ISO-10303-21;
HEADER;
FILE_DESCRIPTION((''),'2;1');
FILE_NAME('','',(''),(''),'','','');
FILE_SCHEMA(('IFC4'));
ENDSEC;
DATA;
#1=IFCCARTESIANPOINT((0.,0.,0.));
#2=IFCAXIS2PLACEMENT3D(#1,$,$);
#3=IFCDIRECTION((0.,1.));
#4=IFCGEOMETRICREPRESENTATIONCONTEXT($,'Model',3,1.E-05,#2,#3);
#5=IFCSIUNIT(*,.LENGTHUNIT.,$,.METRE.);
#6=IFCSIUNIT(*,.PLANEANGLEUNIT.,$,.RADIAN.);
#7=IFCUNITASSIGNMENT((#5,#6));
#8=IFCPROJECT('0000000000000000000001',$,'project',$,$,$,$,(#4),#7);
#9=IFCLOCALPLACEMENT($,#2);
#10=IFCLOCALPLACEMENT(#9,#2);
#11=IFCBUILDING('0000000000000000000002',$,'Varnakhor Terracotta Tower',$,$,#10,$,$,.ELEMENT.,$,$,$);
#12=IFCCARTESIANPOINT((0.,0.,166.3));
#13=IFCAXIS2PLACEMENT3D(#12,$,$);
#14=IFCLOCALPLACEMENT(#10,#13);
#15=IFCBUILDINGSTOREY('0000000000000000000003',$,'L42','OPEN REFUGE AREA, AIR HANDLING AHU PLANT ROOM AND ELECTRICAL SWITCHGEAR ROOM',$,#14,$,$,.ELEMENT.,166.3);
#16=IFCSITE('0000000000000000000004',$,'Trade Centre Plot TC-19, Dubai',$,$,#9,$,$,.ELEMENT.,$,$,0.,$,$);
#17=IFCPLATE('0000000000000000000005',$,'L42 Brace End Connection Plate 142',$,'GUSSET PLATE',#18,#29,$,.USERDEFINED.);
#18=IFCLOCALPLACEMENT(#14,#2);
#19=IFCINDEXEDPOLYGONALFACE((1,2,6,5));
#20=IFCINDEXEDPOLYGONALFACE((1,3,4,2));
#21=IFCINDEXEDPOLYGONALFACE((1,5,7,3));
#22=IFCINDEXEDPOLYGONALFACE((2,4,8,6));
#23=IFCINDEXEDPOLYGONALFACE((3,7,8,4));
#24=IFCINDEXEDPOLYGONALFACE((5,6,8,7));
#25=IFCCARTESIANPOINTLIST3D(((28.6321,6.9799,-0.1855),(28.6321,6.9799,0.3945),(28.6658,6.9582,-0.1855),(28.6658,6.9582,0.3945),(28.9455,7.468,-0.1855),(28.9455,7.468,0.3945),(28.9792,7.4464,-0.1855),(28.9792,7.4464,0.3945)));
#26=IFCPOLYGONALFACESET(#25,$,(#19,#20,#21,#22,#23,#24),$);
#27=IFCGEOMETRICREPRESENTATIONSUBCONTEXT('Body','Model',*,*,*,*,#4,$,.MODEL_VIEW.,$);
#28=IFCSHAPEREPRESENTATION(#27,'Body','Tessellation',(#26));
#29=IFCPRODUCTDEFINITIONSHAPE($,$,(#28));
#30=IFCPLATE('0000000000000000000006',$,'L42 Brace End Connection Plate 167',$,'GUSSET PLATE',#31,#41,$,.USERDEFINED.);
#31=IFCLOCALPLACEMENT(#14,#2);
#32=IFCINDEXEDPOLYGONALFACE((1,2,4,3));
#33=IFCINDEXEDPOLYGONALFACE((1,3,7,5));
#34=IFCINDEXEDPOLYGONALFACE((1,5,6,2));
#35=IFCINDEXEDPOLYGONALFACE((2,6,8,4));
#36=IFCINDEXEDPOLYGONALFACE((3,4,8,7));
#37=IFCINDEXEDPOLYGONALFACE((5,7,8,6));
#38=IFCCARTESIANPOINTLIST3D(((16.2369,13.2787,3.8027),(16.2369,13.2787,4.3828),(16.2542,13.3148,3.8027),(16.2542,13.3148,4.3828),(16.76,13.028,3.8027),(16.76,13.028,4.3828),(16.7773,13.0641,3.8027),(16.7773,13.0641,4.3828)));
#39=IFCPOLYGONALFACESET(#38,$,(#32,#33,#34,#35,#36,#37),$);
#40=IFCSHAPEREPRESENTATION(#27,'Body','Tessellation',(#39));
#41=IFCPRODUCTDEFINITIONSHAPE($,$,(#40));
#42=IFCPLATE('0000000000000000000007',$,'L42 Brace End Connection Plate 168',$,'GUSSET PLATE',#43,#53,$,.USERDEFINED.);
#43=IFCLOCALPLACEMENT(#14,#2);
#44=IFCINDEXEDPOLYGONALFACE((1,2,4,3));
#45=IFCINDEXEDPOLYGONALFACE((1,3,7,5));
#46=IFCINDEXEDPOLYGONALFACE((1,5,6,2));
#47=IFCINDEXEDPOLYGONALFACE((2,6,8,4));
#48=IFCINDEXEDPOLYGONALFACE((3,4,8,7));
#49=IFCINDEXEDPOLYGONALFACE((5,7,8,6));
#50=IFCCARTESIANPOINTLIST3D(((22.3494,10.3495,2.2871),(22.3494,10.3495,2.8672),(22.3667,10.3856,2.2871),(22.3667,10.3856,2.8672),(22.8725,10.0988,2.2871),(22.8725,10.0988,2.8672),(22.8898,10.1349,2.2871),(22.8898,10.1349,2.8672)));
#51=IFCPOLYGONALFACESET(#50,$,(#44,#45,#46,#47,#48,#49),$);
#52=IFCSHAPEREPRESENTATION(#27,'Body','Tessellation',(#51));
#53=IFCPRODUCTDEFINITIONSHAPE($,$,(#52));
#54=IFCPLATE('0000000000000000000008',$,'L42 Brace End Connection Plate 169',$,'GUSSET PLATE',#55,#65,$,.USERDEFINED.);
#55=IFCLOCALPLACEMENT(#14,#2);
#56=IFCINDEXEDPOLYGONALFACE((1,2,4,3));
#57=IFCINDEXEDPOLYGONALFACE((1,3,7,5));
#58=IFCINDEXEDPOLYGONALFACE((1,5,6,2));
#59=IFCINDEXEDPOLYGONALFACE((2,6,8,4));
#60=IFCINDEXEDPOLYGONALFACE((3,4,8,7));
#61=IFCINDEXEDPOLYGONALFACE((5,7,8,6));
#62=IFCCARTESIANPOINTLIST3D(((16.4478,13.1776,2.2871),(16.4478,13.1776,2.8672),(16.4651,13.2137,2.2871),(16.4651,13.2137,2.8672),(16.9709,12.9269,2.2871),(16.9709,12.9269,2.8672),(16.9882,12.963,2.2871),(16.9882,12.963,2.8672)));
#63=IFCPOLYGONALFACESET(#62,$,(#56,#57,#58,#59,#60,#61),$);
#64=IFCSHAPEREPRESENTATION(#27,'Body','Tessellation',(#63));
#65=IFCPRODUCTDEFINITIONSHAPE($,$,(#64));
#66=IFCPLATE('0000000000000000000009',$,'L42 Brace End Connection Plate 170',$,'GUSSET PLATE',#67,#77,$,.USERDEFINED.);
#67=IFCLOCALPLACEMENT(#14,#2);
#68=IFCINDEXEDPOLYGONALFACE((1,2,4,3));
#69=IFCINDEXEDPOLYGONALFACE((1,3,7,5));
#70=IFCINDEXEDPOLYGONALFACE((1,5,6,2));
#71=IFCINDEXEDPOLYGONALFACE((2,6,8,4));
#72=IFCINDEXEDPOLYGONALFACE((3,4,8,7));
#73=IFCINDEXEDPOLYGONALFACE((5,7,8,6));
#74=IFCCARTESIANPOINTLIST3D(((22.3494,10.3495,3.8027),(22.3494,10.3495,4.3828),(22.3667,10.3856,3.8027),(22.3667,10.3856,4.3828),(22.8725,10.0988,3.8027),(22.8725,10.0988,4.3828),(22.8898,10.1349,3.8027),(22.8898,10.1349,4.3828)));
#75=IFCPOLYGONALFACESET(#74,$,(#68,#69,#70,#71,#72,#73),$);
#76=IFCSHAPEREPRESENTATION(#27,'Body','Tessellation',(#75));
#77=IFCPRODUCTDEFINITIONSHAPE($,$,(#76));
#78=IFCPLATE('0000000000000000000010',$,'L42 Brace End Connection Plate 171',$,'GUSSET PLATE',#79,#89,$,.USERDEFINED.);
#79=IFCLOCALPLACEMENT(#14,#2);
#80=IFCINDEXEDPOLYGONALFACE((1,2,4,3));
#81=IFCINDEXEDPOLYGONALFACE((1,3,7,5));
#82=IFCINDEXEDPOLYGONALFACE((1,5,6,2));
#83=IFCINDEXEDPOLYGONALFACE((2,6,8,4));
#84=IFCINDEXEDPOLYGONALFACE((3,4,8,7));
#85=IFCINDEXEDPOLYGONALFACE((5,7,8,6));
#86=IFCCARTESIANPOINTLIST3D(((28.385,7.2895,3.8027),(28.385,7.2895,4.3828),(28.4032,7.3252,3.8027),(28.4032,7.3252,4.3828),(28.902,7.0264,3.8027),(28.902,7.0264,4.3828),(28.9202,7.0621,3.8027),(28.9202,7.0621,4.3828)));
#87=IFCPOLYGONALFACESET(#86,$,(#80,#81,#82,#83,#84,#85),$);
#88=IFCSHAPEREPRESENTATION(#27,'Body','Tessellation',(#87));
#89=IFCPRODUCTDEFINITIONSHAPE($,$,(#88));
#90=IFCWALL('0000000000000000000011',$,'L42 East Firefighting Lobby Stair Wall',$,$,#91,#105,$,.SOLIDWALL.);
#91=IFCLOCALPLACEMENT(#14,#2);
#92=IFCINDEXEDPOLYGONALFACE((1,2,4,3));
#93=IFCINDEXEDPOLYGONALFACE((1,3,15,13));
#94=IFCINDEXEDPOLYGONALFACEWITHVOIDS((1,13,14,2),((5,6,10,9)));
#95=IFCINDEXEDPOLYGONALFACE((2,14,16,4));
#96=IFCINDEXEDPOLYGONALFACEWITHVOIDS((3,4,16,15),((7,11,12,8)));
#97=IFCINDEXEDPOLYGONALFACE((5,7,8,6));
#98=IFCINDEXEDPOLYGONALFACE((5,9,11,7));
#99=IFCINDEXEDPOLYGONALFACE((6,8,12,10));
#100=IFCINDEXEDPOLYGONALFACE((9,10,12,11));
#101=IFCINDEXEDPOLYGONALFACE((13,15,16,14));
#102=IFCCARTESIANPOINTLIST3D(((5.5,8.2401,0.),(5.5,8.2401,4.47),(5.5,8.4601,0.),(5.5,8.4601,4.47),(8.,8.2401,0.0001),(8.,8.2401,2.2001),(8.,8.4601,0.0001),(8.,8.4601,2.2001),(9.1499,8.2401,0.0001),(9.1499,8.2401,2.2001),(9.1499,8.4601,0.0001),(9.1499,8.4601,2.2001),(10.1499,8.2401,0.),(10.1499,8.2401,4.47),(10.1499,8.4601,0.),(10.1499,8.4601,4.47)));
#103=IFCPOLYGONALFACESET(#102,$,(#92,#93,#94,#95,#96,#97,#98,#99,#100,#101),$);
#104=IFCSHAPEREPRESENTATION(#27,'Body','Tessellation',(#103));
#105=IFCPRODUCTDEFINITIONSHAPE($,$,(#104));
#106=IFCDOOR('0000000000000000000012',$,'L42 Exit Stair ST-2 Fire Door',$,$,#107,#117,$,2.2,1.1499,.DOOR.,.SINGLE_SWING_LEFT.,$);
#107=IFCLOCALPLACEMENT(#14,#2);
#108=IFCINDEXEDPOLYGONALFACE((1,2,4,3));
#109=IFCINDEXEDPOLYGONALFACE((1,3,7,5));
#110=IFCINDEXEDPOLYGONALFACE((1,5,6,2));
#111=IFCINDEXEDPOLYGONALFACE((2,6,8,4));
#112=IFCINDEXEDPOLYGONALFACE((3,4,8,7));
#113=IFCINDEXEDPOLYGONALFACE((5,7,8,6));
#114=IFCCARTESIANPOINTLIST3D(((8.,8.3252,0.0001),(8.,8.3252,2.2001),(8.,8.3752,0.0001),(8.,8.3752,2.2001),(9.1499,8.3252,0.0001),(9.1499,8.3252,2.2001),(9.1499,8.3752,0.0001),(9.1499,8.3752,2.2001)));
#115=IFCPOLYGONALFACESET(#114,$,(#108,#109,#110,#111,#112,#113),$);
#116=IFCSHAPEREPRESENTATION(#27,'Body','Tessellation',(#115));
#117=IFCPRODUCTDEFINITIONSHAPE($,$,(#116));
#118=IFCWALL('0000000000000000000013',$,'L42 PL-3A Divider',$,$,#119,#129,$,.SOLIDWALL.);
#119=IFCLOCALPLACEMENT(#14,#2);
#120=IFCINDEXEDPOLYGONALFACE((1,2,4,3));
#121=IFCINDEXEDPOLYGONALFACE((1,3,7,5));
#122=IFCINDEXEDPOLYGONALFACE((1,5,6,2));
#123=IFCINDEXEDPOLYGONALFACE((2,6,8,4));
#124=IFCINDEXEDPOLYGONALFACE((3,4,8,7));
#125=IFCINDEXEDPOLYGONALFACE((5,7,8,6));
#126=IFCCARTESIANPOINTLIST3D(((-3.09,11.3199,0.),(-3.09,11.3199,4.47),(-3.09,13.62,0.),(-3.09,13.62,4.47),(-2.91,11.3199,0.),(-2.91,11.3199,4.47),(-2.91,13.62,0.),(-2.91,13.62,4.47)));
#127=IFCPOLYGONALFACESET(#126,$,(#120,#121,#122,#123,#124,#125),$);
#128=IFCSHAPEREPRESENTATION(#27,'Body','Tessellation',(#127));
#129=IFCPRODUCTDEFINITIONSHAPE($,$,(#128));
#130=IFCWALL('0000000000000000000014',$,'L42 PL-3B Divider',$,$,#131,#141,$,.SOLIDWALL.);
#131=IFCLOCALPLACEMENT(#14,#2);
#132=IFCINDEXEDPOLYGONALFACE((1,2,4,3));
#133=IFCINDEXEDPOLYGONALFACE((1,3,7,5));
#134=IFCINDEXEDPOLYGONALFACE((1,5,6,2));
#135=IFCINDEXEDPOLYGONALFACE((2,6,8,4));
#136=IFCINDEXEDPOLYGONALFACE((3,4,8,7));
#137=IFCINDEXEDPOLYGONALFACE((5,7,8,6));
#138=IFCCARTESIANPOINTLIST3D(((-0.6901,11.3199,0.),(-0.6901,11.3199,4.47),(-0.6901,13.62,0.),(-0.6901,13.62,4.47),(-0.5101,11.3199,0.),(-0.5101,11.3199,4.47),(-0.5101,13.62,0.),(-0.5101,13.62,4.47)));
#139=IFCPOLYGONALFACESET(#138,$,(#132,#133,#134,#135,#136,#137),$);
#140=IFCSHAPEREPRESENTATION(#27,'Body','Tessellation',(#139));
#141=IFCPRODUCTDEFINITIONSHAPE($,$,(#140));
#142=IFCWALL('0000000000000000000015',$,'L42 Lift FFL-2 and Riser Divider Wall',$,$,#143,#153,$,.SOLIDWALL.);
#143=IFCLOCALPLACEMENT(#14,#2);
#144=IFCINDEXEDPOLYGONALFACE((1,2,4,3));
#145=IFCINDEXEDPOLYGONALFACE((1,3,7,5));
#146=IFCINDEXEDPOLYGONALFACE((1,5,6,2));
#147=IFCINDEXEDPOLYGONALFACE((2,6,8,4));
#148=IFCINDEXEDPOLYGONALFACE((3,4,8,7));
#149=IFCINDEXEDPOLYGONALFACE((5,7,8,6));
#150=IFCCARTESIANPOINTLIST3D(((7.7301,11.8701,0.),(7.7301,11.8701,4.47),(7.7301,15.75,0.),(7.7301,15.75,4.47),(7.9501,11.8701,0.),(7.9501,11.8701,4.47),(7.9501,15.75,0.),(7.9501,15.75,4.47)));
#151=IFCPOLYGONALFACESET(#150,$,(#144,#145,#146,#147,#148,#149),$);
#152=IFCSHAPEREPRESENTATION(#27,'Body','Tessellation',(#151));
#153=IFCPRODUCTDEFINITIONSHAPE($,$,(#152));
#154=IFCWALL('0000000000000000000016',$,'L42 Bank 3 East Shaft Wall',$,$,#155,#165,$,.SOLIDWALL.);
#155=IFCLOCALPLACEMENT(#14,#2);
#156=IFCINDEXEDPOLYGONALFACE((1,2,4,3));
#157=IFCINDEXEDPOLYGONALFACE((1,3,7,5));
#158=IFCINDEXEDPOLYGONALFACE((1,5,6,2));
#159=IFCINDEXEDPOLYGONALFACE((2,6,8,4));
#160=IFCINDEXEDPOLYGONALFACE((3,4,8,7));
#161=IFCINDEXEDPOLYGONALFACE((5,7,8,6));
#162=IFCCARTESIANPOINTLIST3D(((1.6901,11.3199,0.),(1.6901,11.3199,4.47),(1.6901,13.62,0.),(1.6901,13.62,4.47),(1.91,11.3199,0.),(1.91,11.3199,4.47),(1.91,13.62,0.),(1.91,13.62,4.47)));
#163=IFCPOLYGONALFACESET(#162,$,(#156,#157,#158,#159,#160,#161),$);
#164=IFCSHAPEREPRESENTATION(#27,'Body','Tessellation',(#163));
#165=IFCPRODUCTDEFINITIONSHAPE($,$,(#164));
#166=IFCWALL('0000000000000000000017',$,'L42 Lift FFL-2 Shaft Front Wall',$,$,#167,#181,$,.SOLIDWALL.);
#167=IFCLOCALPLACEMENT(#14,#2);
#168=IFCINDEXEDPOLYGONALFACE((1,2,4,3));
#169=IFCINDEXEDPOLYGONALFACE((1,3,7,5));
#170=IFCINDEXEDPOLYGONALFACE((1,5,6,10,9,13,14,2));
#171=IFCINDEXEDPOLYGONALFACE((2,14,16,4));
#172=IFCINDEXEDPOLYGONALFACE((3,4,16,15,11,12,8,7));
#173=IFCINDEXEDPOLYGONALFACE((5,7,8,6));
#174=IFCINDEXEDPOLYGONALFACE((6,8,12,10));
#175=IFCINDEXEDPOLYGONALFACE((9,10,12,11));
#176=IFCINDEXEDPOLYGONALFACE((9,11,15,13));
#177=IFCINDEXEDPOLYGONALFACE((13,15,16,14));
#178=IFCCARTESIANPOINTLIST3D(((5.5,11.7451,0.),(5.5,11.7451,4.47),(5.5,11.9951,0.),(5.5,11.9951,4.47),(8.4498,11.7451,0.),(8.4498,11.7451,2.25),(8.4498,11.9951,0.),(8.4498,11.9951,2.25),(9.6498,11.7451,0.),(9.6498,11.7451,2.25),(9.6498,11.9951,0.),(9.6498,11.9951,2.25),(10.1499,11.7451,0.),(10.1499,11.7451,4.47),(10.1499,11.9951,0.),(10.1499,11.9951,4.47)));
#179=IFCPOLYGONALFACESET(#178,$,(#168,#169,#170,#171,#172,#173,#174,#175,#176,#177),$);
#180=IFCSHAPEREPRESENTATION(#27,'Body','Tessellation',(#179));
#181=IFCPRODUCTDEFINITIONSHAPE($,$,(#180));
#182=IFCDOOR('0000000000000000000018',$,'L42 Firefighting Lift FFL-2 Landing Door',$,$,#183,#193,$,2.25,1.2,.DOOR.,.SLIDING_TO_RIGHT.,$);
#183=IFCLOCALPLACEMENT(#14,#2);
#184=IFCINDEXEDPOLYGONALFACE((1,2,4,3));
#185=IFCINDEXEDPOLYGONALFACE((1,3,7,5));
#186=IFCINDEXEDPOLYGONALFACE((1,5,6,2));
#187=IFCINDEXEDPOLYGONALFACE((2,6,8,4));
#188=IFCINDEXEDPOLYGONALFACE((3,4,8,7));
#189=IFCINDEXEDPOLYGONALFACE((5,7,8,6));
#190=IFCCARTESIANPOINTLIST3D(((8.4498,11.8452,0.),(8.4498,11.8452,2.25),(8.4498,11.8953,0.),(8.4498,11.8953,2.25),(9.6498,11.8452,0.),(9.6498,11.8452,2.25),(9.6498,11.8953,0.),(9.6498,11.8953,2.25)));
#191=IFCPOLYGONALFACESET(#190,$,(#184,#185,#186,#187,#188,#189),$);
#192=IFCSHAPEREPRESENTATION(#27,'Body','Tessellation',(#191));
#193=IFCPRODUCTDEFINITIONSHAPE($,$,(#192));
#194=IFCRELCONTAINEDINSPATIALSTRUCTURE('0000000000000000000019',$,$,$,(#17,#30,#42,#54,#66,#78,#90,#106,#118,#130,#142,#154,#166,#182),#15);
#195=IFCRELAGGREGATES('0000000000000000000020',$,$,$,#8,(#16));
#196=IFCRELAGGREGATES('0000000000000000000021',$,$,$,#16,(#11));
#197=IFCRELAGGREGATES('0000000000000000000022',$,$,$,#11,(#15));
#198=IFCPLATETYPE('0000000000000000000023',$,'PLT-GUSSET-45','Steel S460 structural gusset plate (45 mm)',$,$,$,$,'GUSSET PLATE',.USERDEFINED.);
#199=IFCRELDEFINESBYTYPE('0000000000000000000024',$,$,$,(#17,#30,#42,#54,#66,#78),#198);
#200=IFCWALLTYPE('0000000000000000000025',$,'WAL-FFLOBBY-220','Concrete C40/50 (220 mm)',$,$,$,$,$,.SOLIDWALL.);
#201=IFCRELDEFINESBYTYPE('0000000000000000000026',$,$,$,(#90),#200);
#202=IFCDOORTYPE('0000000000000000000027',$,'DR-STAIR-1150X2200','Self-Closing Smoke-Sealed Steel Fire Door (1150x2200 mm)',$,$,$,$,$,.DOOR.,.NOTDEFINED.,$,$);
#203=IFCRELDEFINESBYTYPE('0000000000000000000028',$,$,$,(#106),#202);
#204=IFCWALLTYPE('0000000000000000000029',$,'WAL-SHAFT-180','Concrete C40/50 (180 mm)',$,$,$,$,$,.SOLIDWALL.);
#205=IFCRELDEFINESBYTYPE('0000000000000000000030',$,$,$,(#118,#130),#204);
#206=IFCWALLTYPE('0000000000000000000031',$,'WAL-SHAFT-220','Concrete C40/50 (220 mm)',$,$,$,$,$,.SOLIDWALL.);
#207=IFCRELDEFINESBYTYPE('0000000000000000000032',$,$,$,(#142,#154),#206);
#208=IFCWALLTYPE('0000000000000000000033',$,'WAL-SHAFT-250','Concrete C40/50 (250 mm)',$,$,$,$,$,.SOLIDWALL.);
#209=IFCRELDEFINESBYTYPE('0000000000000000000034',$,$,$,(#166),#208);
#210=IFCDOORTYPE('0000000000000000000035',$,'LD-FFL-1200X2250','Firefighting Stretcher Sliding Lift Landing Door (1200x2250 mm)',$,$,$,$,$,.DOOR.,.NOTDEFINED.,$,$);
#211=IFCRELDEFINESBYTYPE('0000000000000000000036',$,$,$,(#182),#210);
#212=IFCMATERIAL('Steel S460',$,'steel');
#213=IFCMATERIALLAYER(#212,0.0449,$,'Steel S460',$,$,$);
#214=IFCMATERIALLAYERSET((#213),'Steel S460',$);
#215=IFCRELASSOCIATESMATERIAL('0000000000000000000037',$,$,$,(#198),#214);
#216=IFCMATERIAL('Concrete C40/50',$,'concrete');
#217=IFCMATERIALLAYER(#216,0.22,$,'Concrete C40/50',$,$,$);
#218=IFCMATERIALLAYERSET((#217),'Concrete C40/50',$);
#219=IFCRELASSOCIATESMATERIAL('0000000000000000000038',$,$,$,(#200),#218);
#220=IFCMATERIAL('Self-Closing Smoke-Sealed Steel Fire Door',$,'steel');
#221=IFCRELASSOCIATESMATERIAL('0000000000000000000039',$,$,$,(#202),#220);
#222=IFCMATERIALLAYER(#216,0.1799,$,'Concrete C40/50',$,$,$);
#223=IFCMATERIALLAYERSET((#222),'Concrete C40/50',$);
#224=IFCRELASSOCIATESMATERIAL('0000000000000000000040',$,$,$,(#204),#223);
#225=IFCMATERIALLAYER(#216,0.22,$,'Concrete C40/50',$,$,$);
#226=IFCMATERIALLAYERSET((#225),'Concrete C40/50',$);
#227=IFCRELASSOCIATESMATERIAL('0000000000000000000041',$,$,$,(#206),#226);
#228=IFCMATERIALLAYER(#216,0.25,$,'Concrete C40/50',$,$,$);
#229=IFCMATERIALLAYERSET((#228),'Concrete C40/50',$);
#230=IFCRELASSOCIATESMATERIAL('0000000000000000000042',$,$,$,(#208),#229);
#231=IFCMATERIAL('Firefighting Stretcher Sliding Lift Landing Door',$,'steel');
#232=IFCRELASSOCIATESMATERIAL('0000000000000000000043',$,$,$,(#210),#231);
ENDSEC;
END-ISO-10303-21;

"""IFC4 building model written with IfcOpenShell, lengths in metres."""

from ifc_helpers import new_model, si_unit, direction, frame, frame_2d, origin, origin_2d, place, context, subcontext, project, spatial, rectangle, extrude, source, transform, mapped, material, layer, layer_set, type_object, type_shapes, element, fill, save


model = new_model("IFC4")

# Units and contexts
model_context = context("Model", 3, precision=1e-05, world=origin(), true_north=direction((0.0, 1.0)))
body_context = subcontext(model_context, "Body", "Model", "MODEL_VIEW")
ifc_project = project(units=[si_unit("LENGTHUNIT", "METRE"), si_unit("PLANEANGLEUNIT", "RADIAN")], contexts=[model_context])

# Site, building, storey
site_placement = place(None, origin())
site = spatial("IfcSite", under=ifc_project, at=site_placement, Name="Trade Centre Plot TC-19, Dubai", CompositionType="ELEMENT", RefElevation=0.0)
building_placement = place(site_placement, origin())
building = spatial("IfcBuilding", under=site, at=building_placement, Name="Varnakhor Terracotta Tower", CompositionType="ELEMENT")
storey_placement = place(building_placement, frame((0.0, 0.0, 166.3)))
storey = spatial("IfcBuildingStorey", under=building, at=storey_placement, Name="L42", Description="OPEN REFUGE AREA, AIR HANDLING AHU PLANT ROOM AND ELECTRICAL SWITCHGEAR ROOM", CompositionType="ELEMENT", Elevation=166.3)

# Shared definitions
ifc_material_1 = material(Name="Steel S460", Category="steel")

# Plates
ifc_layer_1 = layer(ifc_material_1, 0.0449, Name="Steel S460")
ifc_layer_set_1 = layer_set([ifc_layer_1], Name="Steel S460")
plate_type_1 = type_object("IfcPlateType", Name="PLT-GUSSET-45", Description="Steel S460 structural gusset plate (45 mm)", ElementType="GUSSET PLATE", PredefinedType="USERDEFINED", material=ifc_layer_set_1)
shared_shape_1 = source(origin(), body_context, "Body", "SweptSolid", [
    extrude(rectangle(XDim=0.5801, YDim=0.04, at=origin_2d()), origin(), (0.0, 0.0, 1.0), 0.5801),
])
for number, where, z_axis, x_axis, name in (
    (1, (28.8057, 7.2131, -0.1855), (0.0, 0.0, 1.0), (-0.540182, -0.841548, 0.0), "L42 Brace End Connection Plate 142"),
    (2, (16.5071, 13.1714, 3.8027), (0.0, 0.0, 1.0), (0.901802, -0.432149, 0.0), "L42 Brace End Connection Plate 167"),
    (3, (22.6196, 10.2422, 2.2871), (0.0, 0.0, 1.0), (0.901802, -0.432149, 0.0), "L42 Brace End Connection Plate 168"),
    (4, (16.718, 13.0703, 2.2871), (0.0, 0.0, 1.0), (0.901802, -0.432149, 0.0), "L42 Brace End Connection Plate 169"),
    (5, (22.6196, 10.2422, 3.8027), (0.0, 0.0, 1.0), (0.90181, -0.432133, 0.0), "L42 Brace End Connection Plate 170"),
    (6, (28.6526, 7.1758, 3.8027), (0.0, 0.0, 1.0), (0.89126, -0.453493, 0.0), "L42 Brace End Connection Plate 171"),
):
    element("IfcPlate", number, at=place(storey_placement, frame(where, z_axis=z_axis, x_axis=x_axis)), inside=storey, type_object=plate_type_1, Name=name, ObjectType="GUSSET PLATE", PredefinedType="USERDEFINED", context=body_context, shape_type="MappedRepresentation", body=[
        mapped(shared_shape_1, transform((0.0, 0.0, 0.0), scale=1.0)),
    ])

# Wall, opening, door
ifc_material_2 = material(Name="Concrete C40/50", Category="concrete")
ifc_layer_2 = layer(ifc_material_2, 0.22, Name="Concrete C40/50")
ifc_layer_set_2 = layer_set([ifc_layer_2], Name="Concrete C40/50")
wall_type_1 = type_object("IfcWallType", Name="WAL-FFLOBBY-220", Description="Concrete C40/50 (220 mm)", PredefinedType="SOLIDWALL", material=ifc_layer_set_2)
wall_1_placement = place(storey_placement, frame((10.1499, 8.3501, 0.0), z_axis=(0.0, 0.0, 1.0), x_axis=(-1.0, 0.0, 0.0)))
wall_1 = element("IfcWall", 7, at=wall_1_placement, inside=storey, type_object=wall_type_1, Name="L42 East Firefighting Lobby Stair Wall", PredefinedType="SOLIDWALL", context=body_context, shape_type="SweptSolid", body=[
    extrude(rectangle(XDim=4.6499, YDim=0.22, at=frame_2d((2.325, 0.0))), origin(), (0.0, 0.0, 1.0), 4.47),
])
opening_1_placement = place(wall_1_placement, frame((1.0, 0.0, 0.0)))
opening_1 = element("IfcOpeningElement", 8, at=opening_1_placement, cuts=wall_1, PredefinedType="OPENING", context=body_context, shape_type="SweptSolid", body=[
    extrude(rectangle(XDim=1.1499, YDim=2.2, at=frame_2d((0.575, 1.1001))), frame((0.0, 0.1201, 0.0), z_axis=(0.0, -1.0, 0.0), x_axis=(1.0, 0.0, 0.0)), (0.0, 0.0, 1.0), 0.24),
])
ifc_material_3 = material(Name="Self-Closing Smoke-Sealed Steel Fire Door", Category="steel")
door_type_1 = type_object("IfcDoorType", Name="DR-STAIR-1150X2200", Description="Self-Closing Smoke-Sealed Steel Fire Door (1150x2200 mm)", OperationType="NOTDEFINED", PredefinedType="DOOR", material=ifc_material_3)
shared_shape_2 = source(origin(), body_context, "Body", "SweptSolid", [
    extrude(rectangle(XDim=1.1499, YDim=2.2, at=frame_2d((0.575, 1.1001))), frame((0.0, 0.0249, 0.0), z_axis=(0.0, -1.0, 0.0), x_axis=(1.0, 0.0, 0.0)), (0.0, 0.0, 1.0), 0.05),
])
type_shapes(door_type_1, [shared_shape_2])
door_1_placement = place(opening_1_placement, origin())
door_1 = element("IfcDoor", 9, at=door_1_placement, inside=storey, type_object=door_type_1, Name="L42 Exit Stair ST-2 Fire Door", OperationType="SINGLE_SWING_LEFT", OverallHeight=2.2, OverallWidth=1.1499, PredefinedType="DOOR", context=body_context, shape_type="MappedRepresentation", body=[
    mapped(shared_shape_2, transform((0.0, 0.0, 0.0), scale=1.0)),
])
fill(opening_1, door_1)

# Walls
ifc_layer_3 = layer(ifc_material_2, 0.1799, Name="Concrete C40/50")
ifc_layer_set_3 = layer_set([ifc_layer_3], Name="Concrete C40/50")
wall_type_2 = type_object("IfcWallType", Name="WAL-SHAFT-180", Description="Concrete C40/50 (180 mm)", PredefinedType="SOLIDWALL", material=ifc_layer_set_3)
for number, where, z_axis, x_axis, name in (
    (10, (-3.0, 11.3201, 0.0), (0.0, 0.0, 1.0), (0.0, 1.0, 0.0), "L42 PL-3A Divider"),
    (11, (-0.6001, 11.3201, 0.0), (0.0, 0.0, 1.0), (0.0, 1.0, 0.0), "L42 PL-3B Divider"),
):
    element("IfcWall", number, at=place(storey_placement, frame(where, z_axis=z_axis, x_axis=x_axis)), inside=storey, type_object=wall_type_2, Name=name, PredefinedType="SOLIDWALL", context=body_context, shape_type="SweptSolid", body=[
        extrude(rectangle(XDim=2.3, YDim=0.1799, at=frame_2d((1.1499, 0.0))), origin(), (0.0, 0.0, 1.0), 4.47),
    ])
ifc_layer_4 = layer(ifc_material_2, 0.22, Name="Concrete C40/50")
ifc_layer_set_4 = layer_set([ifc_layer_4], Name="Concrete C40/50")
wall_type_3 = type_object("IfcWallType", Name="WAL-SHAFT-220", Description="Concrete C40/50 (220 mm)", PredefinedType="SOLIDWALL", material=ifc_layer_set_4)
wall_2_placement = place(storey_placement, frame((7.8401, 11.8701, 0.0), z_axis=(0.0, 0.0, 1.0), x_axis=(0.0, 1.0, 0.0)))
element("IfcWall", 12, at=wall_2_placement, inside=storey, type_object=wall_type_3, Name="L42 Lift FFL-2 and Riser Divider Wall", PredefinedType="SOLIDWALL", context=body_context, shape_type="SweptSolid", body=[
    extrude(rectangle(XDim=3.8799, YDim=0.22, at=frame_2d((1.9399, 0.0))), origin(), (0.0, 0.0, 1.0), 4.47),
])
wall_3_placement = place(storey_placement, frame((1.8, 11.3201, 0.0), z_axis=(0.0, 0.0, 1.0), x_axis=(0.0, 1.0, 0.0)))
element("IfcWall", 13, at=wall_3_placement, inside=storey, type_object=wall_type_3, Name="L42 Bank 3 East Shaft Wall", PredefinedType="SOLIDWALL", context=body_context, shape_type="SweptSolid", body=[
    extrude(rectangle(XDim=2.3, YDim=0.22, at=frame_2d((1.1499, 0.0))), origin(), (0.0, 0.0, 1.0), 4.47),
])

# Wall, opening, door
ifc_layer_5 = layer(ifc_material_2, 0.25, Name="Concrete C40/50")
ifc_layer_set_5 = layer_set([ifc_layer_5], Name="Concrete C40/50")
wall_type_4 = type_object("IfcWallType", Name="WAL-SHAFT-250", Description="Concrete C40/50 (250 mm)", PredefinedType="SOLIDWALL", material=ifc_layer_set_5)
wall_4_placement = place(storey_placement, frame((10.1499, 11.8701, 0.0), z_axis=(0.0, 0.0, 1.0), x_axis=(-1.0, 0.0, 0.0)))
wall_4 = element("IfcWall", 14, at=wall_4_placement, inside=storey, type_object=wall_type_4, Name="L42 Lift FFL-2 Shaft Front Wall", PredefinedType="SOLIDWALL", context=body_context, shape_type="SweptSolid", body=[
    extrude(rectangle(XDim=4.6499, YDim=0.25, at=frame_2d((2.325, 0.0))), origin(), (0.0, 0.0, 1.0), 4.47),
])
opening_2_placement = place(wall_4_placement, frame((0.5, 0.0, 0.0)))
opening_2 = element("IfcOpeningElement", 15, at=opening_2_placement, cuts=wall_4, PredefinedType="OPENING", context=body_context, shape_type="SweptSolid", body=[
    extrude(rectangle(XDim=1.2, YDim=2.25, at=frame_2d((0.6001, 1.125))), frame((0.0, 0.135, 0.0), z_axis=(0.0, -1.0, 0.0), x_axis=(1.0, 0.0, 0.0)), (0.0, 0.0, 1.0), 0.27),
])
ifc_material_4 = material(Name="Firefighting Stretcher Sliding Lift Landing Door", Category="steel")
door_type_2 = type_object("IfcDoorType", Name="LD-FFL-1200X2250", Description="Firefighting Stretcher Sliding Lift Landing Door (1200x2250 mm)", OperationType="NOTDEFINED", PredefinedType="DOOR", material=ifc_material_4)
shared_shape_3 = source(origin(), body_context, "Body", "SweptSolid", [
    extrude(rectangle(XDim=1.2, YDim=2.25, at=frame_2d((0.6001, 1.125))), frame((0.0, 0.0249, 0.0), z_axis=(0.0, -1.0, 0.0), x_axis=(1.0, 0.0, 0.0)), (0.0, 0.0, 1.0), 0.05),
])
type_shapes(door_type_2, [shared_shape_3])
door_2_placement = place(opening_2_placement, origin())
door_2 = element("IfcDoor", 16, at=door_2_placement, inside=storey, type_object=door_type_2, Name="L42 Firefighting Lift FFL-2 Landing Door", OperationType="SLIDING_TO_RIGHT", OverallHeight=2.25, OverallWidth=1.2, PredefinedType="DOOR", context=body_context, shape_type="MappedRepresentation", body=[
    mapped(shared_shape_3, transform((0.0, 0.0, 0.0), scale=1.0)),
])
fill(opening_2, door_2)

save(model, "model.ifc")
